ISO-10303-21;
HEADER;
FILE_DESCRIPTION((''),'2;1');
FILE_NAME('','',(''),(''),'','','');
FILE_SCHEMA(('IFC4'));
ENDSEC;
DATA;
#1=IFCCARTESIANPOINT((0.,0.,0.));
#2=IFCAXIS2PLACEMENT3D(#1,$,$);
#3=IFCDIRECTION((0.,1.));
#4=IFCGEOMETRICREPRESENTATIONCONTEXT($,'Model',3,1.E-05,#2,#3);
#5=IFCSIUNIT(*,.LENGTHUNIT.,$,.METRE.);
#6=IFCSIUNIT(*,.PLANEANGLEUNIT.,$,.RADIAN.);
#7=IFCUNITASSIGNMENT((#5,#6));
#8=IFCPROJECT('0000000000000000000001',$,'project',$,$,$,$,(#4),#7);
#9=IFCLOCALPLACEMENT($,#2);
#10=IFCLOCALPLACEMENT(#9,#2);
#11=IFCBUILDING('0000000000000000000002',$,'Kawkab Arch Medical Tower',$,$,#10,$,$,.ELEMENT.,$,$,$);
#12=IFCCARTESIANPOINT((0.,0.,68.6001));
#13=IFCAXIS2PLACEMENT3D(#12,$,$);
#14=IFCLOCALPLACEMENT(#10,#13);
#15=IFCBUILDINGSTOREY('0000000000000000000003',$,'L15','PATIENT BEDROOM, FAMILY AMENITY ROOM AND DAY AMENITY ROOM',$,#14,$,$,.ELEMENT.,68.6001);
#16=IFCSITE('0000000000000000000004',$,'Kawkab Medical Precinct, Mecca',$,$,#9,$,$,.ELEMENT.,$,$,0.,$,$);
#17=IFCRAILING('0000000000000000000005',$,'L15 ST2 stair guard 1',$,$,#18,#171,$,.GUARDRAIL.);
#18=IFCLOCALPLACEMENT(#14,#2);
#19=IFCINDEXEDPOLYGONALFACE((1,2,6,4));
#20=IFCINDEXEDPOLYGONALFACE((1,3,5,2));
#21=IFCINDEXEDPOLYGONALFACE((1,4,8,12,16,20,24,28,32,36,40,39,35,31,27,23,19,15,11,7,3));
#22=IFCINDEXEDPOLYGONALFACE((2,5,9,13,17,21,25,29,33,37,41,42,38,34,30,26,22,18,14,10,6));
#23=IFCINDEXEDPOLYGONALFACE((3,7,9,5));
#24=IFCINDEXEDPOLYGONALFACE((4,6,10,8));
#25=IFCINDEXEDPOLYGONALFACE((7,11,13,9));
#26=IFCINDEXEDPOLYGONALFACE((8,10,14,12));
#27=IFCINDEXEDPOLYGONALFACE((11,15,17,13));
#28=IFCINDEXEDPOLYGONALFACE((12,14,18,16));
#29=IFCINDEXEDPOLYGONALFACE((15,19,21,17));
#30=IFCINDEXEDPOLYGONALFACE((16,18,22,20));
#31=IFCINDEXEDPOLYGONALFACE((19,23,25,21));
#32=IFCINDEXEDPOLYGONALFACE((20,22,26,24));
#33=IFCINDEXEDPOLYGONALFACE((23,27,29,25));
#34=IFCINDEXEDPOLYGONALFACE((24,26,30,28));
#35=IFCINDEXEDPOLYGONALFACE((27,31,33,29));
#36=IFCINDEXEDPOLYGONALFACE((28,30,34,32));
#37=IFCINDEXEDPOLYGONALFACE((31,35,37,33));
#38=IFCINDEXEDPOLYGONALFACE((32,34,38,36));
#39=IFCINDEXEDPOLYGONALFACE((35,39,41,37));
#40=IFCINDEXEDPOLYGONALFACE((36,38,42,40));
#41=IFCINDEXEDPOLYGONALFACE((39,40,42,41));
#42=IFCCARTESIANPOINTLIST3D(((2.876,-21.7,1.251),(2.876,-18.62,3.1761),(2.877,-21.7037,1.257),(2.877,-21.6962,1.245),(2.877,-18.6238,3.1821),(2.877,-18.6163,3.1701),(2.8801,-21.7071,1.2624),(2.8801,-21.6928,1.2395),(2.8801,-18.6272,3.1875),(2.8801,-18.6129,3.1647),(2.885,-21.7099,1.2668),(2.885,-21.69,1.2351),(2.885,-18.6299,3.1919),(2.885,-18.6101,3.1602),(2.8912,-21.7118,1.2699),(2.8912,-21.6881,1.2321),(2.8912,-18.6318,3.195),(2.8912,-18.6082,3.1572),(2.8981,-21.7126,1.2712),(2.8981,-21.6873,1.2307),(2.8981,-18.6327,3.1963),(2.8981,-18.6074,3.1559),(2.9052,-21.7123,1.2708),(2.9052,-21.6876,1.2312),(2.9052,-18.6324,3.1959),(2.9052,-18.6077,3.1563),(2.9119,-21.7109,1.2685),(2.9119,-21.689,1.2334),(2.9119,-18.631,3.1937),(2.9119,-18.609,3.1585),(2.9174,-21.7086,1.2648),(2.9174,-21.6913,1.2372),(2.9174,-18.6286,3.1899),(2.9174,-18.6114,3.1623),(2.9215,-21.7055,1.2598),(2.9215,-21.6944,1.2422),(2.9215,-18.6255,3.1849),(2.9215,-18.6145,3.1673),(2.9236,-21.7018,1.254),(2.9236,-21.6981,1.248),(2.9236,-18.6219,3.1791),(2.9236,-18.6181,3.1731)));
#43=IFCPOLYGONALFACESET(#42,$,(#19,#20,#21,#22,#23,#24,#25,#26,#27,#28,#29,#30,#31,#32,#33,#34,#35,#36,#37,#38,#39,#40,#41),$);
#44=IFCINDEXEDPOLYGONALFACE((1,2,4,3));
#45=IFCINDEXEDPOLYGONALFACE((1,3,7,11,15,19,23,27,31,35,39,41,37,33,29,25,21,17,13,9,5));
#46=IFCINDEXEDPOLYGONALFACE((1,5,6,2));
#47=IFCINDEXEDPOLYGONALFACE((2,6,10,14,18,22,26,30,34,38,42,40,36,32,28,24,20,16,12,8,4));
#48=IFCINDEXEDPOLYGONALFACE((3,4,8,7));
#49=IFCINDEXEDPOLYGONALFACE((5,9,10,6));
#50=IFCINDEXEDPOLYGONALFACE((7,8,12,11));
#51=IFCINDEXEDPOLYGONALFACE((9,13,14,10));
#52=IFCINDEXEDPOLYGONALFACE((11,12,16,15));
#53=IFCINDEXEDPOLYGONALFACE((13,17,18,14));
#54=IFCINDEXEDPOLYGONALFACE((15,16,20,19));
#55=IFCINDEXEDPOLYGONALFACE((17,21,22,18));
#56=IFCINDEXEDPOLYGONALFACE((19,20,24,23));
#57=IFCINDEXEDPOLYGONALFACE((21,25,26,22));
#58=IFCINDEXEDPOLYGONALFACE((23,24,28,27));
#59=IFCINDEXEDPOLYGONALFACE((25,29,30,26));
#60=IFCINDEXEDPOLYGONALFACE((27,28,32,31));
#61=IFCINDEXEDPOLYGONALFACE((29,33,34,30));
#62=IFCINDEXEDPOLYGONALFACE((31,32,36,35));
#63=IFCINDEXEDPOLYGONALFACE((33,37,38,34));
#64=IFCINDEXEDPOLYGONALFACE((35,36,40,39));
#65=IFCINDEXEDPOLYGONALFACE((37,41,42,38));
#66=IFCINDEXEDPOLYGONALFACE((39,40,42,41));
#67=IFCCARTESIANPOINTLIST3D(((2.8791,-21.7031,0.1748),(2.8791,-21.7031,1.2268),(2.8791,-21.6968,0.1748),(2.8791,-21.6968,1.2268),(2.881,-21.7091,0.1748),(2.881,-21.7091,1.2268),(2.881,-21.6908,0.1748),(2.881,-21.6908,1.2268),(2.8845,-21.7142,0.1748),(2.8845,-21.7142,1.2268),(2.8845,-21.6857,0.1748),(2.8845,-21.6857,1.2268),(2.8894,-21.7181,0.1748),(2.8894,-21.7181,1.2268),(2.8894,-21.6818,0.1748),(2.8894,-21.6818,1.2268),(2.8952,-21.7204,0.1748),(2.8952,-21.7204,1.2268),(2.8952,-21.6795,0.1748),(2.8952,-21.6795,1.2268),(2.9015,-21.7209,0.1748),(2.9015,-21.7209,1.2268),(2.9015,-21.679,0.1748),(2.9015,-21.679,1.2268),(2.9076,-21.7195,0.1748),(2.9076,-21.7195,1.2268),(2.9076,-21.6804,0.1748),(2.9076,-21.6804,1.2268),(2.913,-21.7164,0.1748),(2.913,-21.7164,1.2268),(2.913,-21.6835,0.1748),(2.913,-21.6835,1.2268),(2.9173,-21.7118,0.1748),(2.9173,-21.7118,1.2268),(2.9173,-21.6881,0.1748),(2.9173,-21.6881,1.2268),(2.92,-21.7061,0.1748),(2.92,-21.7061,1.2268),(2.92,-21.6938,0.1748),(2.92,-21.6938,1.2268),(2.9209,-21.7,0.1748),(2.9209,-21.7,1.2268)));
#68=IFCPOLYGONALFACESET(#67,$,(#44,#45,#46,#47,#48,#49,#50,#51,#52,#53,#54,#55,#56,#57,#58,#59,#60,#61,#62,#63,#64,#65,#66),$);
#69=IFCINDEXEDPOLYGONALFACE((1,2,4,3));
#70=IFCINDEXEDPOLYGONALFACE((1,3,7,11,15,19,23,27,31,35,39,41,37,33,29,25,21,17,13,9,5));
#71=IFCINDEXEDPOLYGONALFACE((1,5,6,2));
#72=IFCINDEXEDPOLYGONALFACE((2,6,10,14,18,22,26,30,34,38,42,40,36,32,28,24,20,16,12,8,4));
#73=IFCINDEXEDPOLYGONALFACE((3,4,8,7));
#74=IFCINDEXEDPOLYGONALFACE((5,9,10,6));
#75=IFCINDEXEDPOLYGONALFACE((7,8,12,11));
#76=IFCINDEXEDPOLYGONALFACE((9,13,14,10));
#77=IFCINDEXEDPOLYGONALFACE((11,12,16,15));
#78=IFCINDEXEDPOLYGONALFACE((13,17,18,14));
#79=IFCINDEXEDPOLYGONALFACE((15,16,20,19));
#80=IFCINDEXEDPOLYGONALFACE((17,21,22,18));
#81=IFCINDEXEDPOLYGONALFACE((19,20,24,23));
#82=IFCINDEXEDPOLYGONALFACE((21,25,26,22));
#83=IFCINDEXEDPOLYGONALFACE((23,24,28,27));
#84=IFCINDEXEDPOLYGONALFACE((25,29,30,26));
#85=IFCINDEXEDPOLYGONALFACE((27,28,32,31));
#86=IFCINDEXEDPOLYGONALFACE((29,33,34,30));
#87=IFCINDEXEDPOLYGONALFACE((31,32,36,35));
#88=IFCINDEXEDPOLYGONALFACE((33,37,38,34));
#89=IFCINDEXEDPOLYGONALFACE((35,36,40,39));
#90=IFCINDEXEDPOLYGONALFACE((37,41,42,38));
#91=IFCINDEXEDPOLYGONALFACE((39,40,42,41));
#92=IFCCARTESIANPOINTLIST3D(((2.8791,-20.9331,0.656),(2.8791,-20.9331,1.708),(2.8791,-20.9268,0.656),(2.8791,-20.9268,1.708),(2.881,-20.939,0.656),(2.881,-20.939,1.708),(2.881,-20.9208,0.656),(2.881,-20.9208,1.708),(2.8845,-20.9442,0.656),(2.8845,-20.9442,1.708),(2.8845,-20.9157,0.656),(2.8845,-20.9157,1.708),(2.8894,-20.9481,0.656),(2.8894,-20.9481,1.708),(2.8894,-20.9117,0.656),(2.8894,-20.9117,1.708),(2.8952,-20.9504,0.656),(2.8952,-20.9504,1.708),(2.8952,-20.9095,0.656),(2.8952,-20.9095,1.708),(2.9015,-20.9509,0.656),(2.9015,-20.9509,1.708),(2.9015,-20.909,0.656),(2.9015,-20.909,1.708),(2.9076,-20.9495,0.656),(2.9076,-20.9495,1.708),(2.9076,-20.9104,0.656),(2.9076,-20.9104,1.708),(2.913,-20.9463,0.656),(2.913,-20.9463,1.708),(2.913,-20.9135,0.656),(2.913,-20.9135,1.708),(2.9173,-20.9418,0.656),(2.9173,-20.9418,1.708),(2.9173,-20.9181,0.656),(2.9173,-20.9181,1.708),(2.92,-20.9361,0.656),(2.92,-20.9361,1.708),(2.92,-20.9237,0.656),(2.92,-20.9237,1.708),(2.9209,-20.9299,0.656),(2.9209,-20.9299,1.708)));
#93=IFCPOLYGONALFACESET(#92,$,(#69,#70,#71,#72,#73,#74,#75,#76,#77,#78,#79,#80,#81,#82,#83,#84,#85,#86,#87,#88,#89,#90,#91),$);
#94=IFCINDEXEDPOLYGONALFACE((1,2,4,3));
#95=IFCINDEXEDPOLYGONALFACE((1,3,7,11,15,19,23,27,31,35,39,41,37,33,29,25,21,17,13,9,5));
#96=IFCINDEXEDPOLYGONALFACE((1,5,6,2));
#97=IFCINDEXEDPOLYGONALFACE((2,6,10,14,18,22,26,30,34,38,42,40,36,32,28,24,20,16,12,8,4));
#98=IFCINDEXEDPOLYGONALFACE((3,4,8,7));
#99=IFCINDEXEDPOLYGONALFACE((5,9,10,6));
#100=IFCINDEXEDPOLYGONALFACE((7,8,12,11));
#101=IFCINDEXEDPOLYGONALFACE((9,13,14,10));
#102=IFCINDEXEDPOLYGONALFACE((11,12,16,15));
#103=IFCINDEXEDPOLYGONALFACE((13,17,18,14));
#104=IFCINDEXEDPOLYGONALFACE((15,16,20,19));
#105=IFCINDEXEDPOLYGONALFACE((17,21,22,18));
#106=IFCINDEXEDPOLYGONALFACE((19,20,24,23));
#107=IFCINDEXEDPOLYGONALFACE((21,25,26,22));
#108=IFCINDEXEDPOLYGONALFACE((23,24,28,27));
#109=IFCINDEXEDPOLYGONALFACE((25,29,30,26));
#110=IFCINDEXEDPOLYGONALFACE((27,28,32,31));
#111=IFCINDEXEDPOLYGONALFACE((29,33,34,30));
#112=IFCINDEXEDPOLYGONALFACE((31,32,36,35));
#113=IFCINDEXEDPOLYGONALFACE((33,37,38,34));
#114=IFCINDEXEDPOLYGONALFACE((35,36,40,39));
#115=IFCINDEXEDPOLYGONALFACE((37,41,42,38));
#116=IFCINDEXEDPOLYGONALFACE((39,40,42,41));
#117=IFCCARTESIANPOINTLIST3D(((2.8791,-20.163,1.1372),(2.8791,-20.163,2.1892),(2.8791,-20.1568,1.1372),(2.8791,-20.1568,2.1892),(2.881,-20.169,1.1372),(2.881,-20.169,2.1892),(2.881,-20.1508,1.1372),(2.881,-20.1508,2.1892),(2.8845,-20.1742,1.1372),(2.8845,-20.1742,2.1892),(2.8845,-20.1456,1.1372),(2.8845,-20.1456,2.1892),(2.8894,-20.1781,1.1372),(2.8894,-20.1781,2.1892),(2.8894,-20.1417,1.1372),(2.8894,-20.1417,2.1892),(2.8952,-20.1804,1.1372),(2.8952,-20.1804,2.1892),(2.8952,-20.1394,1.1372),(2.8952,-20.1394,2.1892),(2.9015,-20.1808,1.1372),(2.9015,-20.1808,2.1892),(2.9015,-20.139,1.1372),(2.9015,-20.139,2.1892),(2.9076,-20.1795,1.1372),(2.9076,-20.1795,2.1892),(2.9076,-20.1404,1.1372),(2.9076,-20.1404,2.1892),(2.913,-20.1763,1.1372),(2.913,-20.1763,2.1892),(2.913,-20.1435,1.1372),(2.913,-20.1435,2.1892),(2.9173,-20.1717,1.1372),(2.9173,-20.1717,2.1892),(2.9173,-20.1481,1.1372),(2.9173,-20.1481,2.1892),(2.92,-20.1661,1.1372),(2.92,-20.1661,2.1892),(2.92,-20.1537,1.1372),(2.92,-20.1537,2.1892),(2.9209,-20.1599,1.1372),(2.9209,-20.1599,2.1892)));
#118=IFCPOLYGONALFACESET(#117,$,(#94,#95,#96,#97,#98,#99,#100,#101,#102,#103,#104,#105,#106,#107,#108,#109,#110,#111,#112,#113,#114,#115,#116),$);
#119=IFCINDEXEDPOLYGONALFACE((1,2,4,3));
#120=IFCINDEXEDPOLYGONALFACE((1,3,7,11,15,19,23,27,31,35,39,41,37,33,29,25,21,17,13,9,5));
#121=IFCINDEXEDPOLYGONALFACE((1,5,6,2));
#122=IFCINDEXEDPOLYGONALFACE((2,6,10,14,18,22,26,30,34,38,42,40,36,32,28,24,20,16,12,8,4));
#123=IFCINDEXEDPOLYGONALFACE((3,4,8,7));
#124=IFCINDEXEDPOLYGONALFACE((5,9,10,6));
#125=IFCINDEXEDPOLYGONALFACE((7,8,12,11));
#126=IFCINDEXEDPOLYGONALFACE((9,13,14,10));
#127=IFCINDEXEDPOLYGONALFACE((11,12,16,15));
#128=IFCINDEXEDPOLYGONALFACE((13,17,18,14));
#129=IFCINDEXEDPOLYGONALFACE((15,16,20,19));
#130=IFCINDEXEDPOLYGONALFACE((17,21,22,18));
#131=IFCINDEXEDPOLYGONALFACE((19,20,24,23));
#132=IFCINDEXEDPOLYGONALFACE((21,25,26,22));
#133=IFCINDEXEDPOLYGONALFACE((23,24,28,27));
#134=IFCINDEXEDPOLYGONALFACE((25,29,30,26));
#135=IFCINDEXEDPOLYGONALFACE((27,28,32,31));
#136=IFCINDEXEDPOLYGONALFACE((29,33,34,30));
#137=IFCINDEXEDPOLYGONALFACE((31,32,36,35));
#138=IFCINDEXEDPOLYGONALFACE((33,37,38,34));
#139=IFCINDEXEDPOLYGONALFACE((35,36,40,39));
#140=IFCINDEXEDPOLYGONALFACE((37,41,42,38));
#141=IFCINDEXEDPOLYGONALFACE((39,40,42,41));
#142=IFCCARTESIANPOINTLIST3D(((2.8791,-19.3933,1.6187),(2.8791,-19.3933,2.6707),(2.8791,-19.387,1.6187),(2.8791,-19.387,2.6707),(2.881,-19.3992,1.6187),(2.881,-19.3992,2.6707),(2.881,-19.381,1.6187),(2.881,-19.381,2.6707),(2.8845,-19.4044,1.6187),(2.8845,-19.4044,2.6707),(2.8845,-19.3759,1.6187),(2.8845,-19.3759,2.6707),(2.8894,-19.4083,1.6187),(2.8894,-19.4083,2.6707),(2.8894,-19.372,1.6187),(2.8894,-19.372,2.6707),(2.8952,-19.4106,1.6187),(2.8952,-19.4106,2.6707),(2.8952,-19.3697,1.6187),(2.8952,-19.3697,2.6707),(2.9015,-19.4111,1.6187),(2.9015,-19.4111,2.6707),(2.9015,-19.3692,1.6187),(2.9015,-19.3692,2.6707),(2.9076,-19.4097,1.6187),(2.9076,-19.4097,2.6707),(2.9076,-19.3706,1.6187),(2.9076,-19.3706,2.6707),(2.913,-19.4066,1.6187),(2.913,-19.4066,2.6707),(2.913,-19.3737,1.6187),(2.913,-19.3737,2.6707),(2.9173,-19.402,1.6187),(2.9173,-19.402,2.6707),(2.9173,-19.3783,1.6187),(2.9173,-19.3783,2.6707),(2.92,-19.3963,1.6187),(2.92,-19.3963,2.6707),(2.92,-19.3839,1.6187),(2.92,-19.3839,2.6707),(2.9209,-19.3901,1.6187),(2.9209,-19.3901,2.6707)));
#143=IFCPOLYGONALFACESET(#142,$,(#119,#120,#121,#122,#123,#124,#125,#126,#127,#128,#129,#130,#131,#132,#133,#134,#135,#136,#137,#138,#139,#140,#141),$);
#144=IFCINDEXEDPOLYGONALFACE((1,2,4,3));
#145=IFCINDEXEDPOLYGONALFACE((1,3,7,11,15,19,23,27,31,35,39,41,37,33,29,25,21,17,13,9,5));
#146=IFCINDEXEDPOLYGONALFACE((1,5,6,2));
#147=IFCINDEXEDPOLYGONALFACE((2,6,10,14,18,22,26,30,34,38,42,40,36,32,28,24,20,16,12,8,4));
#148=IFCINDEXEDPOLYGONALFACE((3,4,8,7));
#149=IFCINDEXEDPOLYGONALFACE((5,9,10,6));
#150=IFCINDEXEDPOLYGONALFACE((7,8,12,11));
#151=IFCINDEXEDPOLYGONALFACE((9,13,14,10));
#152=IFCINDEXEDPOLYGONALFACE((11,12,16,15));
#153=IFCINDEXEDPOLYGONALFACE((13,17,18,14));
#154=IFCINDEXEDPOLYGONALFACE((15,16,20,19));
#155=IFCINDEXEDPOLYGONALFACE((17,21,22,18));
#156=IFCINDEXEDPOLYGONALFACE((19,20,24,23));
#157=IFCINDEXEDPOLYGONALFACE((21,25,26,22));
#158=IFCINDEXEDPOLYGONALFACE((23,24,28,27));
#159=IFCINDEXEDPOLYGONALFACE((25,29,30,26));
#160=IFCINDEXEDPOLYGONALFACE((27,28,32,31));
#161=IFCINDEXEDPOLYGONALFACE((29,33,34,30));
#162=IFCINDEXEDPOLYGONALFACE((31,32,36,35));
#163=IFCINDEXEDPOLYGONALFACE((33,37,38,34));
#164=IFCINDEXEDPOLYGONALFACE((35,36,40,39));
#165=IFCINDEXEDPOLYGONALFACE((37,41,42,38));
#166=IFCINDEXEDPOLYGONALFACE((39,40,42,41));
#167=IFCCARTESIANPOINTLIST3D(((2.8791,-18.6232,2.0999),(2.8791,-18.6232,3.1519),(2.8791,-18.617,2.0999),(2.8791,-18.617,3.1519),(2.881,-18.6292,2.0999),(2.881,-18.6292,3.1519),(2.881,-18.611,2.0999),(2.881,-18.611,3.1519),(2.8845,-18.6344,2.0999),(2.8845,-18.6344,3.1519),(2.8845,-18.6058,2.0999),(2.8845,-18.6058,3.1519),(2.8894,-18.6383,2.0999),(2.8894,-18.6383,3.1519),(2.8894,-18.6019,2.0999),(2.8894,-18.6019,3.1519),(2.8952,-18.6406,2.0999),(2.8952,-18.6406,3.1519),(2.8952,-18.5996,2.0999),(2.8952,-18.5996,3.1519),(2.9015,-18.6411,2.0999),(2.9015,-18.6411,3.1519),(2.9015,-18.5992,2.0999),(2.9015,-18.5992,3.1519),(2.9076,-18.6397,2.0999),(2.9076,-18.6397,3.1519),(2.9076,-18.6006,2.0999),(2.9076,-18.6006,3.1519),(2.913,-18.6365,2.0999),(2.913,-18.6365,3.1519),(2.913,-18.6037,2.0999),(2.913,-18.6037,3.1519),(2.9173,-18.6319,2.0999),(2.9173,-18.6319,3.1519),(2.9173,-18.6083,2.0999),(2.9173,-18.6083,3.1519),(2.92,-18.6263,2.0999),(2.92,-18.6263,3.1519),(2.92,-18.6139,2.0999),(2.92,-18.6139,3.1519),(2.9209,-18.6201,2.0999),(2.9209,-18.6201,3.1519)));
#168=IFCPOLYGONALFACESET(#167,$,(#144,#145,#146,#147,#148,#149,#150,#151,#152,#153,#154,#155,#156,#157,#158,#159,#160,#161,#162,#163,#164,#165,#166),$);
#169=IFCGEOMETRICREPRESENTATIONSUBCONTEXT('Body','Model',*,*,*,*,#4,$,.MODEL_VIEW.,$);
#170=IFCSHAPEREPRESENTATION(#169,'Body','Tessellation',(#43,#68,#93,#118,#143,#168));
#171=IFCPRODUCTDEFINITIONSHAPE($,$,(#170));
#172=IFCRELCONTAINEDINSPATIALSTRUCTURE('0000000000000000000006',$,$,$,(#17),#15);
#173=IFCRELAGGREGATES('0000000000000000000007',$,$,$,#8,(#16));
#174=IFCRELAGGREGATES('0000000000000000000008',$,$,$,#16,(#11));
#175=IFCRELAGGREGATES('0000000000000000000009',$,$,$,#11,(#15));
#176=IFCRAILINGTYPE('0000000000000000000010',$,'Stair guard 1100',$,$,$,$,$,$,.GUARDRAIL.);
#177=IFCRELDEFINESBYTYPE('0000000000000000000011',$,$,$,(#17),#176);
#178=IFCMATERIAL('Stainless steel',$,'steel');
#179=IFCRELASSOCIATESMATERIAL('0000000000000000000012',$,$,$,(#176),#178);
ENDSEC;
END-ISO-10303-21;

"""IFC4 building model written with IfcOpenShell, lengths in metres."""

from ifc_helpers import new_model, si_unit, direction, frame, origin, origin_2d, place, context, subcontext, project, spatial, circle, extrude, material, type_object, element, save


model = new_model("IFC4")

# Units and contexts
model_context = context("Model", 3, precision=1e-05, world=origin(), true_north=direction((0.0, 1.0)))
body_context = subcontext(model_context, "Body", "Model", "MODEL_VIEW")
ifc_project = project(units=[si_unit("LENGTHUNIT", "METRE"), si_unit("PLANEANGLEUNIT", "RADIAN")], contexts=[model_context])

# Site, building, storey
site_placement = place(None, origin())
site = spatial("IfcSite", under=ifc_project, at=site_placement, Name="Kawkab Medical Precinct, Mecca", CompositionType="ELEMENT", RefElevation=0.0)
building_placement = place(site_placement, origin())
building = spatial("IfcBuilding", under=site, at=building_placement, Name="Kawkab Arch Medical Tower", CompositionType="ELEMENT")
storey_placement = place(building_placement, frame((0.0, 0.0, 68.6001)))
storey = spatial("IfcBuildingStorey", under=building, at=storey_placement, Name="L15", Description="PATIENT BEDROOM, FAMILY AMENITY ROOM AND DAY AMENITY ROOM", CompositionType="ELEMENT", Elevation=68.6001)

# Railing
ifc_material_1 = material(Name="Stainless steel", Category="steel")
railing_type = type_object("IfcRailingType", Name="Stair guard 1100", PredefinedType="GUARDRAIL", material=ifc_material_1)
railing_1_placement = place(storey_placement, frame((2.8999, -21.7, 0.1748)))
element("IfcRailing", 1, at=railing_1_placement, inside=storey, type_object=railing_type, Name="L15 ST2 stair guard 1", PredefinedType="GUARDRAIL", context=body_context, shape_type="SweptSolid", body=[
    extrude(circle(Radius=0.0239, at=origin_2d()), frame((0.0, 0.0, 1.0762), z_axis=(0.0, 0.847979, 0.530029), x_axis=(-1.0, 0.0, 0.0)), (0.0, 0.0, 1.0), 3.6321),
    extrude(circle(Radius=0.021, at=origin_2d()), origin(), (0.0, 0.0, 1.0), 1.052),
    extrude(circle(Radius=0.021, at=origin_2d()), frame((0.0, 0.77, 0.4812)), (0.0, 0.0, 1.0), 1.052),
    extrude(circle(Radius=0.021, at=origin_2d()), frame((0.0, 1.54, 0.9624)), (0.0, 0.0, 1.0), 1.052),
    extrude(circle(Radius=0.021, at=origin_2d()), frame((0.0, 2.3098, 1.4438)), (0.0, 0.0, 1.0), 1.052),
    extrude(circle(Radius=0.021, at=origin_2d()), frame((0.0, 3.0798, 1.925)), (0.0, 0.0, 1.0), 1.052),
])

save(model, "model.ifc")
